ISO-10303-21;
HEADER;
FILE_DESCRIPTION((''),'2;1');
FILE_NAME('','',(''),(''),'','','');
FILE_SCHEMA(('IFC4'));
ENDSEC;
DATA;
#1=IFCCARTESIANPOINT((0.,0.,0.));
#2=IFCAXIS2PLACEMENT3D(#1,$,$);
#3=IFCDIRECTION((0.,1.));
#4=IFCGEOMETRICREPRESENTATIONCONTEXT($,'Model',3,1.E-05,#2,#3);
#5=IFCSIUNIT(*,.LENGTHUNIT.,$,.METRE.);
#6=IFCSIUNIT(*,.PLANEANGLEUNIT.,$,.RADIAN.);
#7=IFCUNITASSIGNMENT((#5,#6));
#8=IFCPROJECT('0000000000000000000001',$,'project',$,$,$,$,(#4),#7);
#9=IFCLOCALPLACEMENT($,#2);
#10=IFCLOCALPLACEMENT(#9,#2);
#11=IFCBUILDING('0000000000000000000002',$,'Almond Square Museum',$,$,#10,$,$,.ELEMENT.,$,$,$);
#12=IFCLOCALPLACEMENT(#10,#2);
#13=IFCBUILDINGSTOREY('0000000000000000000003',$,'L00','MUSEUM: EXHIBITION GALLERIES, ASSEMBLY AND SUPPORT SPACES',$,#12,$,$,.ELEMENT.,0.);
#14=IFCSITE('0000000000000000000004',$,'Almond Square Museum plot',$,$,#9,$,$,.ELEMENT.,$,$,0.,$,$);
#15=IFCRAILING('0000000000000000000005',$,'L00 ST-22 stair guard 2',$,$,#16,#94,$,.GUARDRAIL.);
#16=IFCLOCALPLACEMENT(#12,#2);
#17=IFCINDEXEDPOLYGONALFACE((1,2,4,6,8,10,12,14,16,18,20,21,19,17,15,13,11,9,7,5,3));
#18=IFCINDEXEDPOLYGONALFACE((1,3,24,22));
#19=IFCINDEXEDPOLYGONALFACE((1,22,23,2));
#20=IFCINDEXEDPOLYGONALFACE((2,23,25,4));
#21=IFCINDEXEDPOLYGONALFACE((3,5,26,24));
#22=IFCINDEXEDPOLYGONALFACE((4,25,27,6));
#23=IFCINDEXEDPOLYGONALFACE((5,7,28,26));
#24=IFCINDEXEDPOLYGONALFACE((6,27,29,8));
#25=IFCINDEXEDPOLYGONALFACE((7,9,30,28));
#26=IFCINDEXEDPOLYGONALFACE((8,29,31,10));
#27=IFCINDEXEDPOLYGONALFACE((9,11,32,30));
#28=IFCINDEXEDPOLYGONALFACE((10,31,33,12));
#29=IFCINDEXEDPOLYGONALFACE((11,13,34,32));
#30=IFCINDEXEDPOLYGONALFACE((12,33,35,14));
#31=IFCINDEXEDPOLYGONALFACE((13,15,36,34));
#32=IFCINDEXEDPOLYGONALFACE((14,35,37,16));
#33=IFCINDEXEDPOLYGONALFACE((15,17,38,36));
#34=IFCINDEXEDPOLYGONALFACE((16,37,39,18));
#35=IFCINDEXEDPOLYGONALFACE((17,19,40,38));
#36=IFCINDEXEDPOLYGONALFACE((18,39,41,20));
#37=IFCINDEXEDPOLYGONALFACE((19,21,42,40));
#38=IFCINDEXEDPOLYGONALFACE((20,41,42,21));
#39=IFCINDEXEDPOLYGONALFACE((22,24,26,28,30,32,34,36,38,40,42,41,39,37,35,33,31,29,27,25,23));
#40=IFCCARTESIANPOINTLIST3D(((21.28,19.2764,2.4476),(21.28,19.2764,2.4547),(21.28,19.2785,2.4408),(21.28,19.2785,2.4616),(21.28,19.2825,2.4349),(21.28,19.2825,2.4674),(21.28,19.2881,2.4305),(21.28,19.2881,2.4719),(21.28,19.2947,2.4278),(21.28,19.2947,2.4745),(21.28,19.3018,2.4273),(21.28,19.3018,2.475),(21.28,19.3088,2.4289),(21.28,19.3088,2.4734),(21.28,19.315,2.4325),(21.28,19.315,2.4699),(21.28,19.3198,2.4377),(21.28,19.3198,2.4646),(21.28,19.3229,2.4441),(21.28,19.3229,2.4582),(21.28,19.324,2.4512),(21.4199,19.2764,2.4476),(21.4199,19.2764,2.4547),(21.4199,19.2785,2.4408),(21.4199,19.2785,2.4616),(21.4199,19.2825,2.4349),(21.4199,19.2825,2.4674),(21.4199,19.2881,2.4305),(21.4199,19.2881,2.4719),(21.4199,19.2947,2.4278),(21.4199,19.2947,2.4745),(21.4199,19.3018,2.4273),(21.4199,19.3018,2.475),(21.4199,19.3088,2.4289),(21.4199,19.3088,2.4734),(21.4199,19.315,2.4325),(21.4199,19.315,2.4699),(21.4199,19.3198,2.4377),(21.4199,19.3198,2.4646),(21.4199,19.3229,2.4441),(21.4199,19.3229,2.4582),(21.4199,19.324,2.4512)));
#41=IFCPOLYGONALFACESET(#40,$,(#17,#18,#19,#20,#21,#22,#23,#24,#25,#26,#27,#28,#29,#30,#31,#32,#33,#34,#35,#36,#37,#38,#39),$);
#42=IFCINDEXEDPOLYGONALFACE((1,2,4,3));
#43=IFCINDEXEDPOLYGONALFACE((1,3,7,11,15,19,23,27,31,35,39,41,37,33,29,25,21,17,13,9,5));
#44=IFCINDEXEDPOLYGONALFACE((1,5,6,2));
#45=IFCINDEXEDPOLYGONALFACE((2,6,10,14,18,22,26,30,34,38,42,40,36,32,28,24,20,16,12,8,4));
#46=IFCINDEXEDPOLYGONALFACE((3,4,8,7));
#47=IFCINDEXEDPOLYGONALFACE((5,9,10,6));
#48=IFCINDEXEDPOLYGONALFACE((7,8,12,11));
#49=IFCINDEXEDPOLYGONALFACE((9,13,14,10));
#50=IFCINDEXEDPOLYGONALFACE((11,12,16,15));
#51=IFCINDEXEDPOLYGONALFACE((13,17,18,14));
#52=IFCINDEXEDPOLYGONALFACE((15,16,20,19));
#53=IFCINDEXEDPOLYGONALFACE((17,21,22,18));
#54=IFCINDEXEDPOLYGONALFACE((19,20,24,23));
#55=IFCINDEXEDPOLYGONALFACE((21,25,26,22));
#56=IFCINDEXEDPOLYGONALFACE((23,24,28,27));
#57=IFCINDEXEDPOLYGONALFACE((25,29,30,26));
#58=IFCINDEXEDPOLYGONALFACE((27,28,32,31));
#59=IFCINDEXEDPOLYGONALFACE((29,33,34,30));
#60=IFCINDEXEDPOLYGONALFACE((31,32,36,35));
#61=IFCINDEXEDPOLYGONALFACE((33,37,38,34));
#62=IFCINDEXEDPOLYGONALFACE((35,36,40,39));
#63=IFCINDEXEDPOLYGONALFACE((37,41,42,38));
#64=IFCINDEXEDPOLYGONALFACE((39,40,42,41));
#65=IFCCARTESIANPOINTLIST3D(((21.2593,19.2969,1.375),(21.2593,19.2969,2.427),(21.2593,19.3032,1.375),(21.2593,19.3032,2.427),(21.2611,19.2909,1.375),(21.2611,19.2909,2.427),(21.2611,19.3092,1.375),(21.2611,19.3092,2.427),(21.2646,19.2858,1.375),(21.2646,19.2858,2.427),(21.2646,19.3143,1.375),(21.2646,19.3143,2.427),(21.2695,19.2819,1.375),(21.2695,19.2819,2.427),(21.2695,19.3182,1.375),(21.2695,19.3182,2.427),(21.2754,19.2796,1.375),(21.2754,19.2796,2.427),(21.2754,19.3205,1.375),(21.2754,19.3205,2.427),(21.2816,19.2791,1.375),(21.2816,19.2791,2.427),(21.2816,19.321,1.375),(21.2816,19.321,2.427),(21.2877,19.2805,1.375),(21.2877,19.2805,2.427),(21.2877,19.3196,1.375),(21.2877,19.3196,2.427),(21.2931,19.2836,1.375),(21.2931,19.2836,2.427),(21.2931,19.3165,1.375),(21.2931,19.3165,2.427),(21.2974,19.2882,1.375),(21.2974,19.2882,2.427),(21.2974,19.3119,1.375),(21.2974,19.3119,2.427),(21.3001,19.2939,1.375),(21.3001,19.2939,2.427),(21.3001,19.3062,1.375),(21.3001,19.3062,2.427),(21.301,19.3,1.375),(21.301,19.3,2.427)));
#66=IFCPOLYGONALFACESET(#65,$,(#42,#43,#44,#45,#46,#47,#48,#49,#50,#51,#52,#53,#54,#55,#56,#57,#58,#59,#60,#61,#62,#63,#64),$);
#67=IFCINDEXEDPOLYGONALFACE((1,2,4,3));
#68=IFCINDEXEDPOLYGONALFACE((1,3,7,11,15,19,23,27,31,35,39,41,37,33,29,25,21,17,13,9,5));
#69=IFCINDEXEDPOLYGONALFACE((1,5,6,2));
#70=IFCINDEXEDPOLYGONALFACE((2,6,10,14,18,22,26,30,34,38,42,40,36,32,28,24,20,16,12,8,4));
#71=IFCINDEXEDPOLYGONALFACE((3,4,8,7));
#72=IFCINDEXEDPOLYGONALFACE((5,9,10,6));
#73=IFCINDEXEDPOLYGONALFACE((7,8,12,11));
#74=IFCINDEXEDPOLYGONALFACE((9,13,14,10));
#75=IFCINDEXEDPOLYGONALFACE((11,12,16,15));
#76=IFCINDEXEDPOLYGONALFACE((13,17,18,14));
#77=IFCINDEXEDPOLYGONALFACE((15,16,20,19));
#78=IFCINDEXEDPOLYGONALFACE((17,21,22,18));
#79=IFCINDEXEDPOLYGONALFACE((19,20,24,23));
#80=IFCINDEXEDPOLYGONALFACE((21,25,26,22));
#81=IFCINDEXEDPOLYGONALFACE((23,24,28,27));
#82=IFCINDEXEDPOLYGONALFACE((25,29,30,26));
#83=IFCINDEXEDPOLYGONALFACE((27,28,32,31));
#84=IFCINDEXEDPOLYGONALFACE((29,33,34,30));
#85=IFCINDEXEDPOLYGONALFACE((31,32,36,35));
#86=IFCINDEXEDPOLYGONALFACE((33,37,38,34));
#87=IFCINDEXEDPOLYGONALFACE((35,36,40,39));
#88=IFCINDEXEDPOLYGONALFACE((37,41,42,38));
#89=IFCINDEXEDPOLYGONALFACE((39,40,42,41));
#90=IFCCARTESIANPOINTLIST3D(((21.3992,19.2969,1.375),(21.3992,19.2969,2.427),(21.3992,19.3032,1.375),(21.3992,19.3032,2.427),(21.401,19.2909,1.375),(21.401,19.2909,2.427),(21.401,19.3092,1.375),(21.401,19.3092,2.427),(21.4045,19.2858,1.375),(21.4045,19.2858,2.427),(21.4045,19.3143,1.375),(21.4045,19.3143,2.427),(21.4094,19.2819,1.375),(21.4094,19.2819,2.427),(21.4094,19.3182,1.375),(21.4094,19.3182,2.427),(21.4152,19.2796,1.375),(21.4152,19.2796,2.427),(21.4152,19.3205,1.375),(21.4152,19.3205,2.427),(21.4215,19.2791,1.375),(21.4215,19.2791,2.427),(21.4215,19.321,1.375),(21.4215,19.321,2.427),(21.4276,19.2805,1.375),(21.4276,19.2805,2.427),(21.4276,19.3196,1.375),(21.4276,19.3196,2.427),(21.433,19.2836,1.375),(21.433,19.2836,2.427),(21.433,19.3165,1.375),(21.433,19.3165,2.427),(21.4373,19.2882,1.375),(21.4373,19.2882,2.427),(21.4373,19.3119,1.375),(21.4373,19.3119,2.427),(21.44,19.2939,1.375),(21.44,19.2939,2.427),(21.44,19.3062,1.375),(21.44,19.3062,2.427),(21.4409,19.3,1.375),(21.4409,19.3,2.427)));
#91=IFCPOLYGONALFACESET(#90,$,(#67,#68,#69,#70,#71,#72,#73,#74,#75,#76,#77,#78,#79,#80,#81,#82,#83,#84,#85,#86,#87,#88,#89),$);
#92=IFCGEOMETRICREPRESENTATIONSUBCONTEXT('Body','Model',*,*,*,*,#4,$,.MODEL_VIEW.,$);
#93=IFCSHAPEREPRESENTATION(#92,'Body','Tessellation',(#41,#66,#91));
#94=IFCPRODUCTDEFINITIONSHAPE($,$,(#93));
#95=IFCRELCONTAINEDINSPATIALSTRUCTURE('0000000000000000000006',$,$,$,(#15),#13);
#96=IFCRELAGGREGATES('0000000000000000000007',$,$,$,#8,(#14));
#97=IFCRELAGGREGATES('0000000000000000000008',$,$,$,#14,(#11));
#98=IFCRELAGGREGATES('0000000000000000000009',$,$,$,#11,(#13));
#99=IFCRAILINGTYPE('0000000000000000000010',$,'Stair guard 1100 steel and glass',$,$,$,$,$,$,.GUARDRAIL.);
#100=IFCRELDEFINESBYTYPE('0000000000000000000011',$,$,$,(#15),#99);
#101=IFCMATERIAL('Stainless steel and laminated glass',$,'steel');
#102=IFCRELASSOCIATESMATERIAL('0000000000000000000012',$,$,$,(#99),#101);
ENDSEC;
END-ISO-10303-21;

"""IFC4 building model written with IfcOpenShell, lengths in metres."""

from ifc_helpers import new_model, si_unit, direction, frame, origin, origin_2d, place, context, subcontext, project, spatial, circle, extrude, material, type_object, element, save


model = new_model("IFC4")

# Units and contexts
model_context = context("Model", 3, precision=1e-05, world=origin(), true_north=direction((0.0, 1.0)))
body_context = subcontext(model_context, "Body", "Model", "MODEL_VIEW")
ifc_project = project(units=[si_unit("LENGTHUNIT", "METRE"), si_unit("PLANEANGLEUNIT", "RADIAN")], contexts=[model_context])

# Site, building, storey
site_placement = place(None, origin())
site = spatial("IfcSite", under=ifc_project, at=site_placement, Name="Almond Square Museum plot", CompositionType="ELEMENT", RefElevation=0.0)
building_placement = place(site_placement, origin())
building = spatial("IfcBuilding", under=site, at=building_placement, Name="Almond Square Museum", CompositionType="ELEMENT")
storey_placement = place(building_placement, origin())
storey = spatial("IfcBuildingStorey", under=building, at=storey_placement, Name="L00", Description="MUSEUM: EXHIBITION GALLERIES, ASSEMBLY AND SUPPORT SPACES", CompositionType="ELEMENT", Elevation=0.0)

# Railing
ifc_material_1 = material(Name="Stainless steel and laminated glass", Category="steel")
railing_type_1 = type_object("IfcRailingType", Name="Stair guard 1100 steel and glass", PredefinedType="GUARDRAIL", material=ifc_material_1)
railing_1_placement = place(storey_placement, frame((21.28, 19.3, 1.375)))
element("IfcRailing", 1, at=railing_1_placement, inside=storey, type_object=railing_type_1, Name="L00 ST-22 stair guard 2", PredefinedType="GUARDRAIL", context=body_context, shape_type="SweptSolid", body=[
    extrude(circle(Radius=0.0239, at=origin_2d()), frame((0.0, 0.0, 1.0762), z_axis=(1.0, 0.0, 0.0), x_axis=(0.0, 1.0, 0.0)), (0.0, 0.0, 1.0), 0.1399),
    extrude(circle(Radius=0.021, at=origin_2d()), origin(), (0.0, 0.0, 1.0), 1.052),
    extrude(circle(Radius=0.021, at=origin_2d()), frame((0.1399, 0.0, 0.0)), (0.0, 0.0, 1.0), 1.052),
])

save(model, "model.ifc")
